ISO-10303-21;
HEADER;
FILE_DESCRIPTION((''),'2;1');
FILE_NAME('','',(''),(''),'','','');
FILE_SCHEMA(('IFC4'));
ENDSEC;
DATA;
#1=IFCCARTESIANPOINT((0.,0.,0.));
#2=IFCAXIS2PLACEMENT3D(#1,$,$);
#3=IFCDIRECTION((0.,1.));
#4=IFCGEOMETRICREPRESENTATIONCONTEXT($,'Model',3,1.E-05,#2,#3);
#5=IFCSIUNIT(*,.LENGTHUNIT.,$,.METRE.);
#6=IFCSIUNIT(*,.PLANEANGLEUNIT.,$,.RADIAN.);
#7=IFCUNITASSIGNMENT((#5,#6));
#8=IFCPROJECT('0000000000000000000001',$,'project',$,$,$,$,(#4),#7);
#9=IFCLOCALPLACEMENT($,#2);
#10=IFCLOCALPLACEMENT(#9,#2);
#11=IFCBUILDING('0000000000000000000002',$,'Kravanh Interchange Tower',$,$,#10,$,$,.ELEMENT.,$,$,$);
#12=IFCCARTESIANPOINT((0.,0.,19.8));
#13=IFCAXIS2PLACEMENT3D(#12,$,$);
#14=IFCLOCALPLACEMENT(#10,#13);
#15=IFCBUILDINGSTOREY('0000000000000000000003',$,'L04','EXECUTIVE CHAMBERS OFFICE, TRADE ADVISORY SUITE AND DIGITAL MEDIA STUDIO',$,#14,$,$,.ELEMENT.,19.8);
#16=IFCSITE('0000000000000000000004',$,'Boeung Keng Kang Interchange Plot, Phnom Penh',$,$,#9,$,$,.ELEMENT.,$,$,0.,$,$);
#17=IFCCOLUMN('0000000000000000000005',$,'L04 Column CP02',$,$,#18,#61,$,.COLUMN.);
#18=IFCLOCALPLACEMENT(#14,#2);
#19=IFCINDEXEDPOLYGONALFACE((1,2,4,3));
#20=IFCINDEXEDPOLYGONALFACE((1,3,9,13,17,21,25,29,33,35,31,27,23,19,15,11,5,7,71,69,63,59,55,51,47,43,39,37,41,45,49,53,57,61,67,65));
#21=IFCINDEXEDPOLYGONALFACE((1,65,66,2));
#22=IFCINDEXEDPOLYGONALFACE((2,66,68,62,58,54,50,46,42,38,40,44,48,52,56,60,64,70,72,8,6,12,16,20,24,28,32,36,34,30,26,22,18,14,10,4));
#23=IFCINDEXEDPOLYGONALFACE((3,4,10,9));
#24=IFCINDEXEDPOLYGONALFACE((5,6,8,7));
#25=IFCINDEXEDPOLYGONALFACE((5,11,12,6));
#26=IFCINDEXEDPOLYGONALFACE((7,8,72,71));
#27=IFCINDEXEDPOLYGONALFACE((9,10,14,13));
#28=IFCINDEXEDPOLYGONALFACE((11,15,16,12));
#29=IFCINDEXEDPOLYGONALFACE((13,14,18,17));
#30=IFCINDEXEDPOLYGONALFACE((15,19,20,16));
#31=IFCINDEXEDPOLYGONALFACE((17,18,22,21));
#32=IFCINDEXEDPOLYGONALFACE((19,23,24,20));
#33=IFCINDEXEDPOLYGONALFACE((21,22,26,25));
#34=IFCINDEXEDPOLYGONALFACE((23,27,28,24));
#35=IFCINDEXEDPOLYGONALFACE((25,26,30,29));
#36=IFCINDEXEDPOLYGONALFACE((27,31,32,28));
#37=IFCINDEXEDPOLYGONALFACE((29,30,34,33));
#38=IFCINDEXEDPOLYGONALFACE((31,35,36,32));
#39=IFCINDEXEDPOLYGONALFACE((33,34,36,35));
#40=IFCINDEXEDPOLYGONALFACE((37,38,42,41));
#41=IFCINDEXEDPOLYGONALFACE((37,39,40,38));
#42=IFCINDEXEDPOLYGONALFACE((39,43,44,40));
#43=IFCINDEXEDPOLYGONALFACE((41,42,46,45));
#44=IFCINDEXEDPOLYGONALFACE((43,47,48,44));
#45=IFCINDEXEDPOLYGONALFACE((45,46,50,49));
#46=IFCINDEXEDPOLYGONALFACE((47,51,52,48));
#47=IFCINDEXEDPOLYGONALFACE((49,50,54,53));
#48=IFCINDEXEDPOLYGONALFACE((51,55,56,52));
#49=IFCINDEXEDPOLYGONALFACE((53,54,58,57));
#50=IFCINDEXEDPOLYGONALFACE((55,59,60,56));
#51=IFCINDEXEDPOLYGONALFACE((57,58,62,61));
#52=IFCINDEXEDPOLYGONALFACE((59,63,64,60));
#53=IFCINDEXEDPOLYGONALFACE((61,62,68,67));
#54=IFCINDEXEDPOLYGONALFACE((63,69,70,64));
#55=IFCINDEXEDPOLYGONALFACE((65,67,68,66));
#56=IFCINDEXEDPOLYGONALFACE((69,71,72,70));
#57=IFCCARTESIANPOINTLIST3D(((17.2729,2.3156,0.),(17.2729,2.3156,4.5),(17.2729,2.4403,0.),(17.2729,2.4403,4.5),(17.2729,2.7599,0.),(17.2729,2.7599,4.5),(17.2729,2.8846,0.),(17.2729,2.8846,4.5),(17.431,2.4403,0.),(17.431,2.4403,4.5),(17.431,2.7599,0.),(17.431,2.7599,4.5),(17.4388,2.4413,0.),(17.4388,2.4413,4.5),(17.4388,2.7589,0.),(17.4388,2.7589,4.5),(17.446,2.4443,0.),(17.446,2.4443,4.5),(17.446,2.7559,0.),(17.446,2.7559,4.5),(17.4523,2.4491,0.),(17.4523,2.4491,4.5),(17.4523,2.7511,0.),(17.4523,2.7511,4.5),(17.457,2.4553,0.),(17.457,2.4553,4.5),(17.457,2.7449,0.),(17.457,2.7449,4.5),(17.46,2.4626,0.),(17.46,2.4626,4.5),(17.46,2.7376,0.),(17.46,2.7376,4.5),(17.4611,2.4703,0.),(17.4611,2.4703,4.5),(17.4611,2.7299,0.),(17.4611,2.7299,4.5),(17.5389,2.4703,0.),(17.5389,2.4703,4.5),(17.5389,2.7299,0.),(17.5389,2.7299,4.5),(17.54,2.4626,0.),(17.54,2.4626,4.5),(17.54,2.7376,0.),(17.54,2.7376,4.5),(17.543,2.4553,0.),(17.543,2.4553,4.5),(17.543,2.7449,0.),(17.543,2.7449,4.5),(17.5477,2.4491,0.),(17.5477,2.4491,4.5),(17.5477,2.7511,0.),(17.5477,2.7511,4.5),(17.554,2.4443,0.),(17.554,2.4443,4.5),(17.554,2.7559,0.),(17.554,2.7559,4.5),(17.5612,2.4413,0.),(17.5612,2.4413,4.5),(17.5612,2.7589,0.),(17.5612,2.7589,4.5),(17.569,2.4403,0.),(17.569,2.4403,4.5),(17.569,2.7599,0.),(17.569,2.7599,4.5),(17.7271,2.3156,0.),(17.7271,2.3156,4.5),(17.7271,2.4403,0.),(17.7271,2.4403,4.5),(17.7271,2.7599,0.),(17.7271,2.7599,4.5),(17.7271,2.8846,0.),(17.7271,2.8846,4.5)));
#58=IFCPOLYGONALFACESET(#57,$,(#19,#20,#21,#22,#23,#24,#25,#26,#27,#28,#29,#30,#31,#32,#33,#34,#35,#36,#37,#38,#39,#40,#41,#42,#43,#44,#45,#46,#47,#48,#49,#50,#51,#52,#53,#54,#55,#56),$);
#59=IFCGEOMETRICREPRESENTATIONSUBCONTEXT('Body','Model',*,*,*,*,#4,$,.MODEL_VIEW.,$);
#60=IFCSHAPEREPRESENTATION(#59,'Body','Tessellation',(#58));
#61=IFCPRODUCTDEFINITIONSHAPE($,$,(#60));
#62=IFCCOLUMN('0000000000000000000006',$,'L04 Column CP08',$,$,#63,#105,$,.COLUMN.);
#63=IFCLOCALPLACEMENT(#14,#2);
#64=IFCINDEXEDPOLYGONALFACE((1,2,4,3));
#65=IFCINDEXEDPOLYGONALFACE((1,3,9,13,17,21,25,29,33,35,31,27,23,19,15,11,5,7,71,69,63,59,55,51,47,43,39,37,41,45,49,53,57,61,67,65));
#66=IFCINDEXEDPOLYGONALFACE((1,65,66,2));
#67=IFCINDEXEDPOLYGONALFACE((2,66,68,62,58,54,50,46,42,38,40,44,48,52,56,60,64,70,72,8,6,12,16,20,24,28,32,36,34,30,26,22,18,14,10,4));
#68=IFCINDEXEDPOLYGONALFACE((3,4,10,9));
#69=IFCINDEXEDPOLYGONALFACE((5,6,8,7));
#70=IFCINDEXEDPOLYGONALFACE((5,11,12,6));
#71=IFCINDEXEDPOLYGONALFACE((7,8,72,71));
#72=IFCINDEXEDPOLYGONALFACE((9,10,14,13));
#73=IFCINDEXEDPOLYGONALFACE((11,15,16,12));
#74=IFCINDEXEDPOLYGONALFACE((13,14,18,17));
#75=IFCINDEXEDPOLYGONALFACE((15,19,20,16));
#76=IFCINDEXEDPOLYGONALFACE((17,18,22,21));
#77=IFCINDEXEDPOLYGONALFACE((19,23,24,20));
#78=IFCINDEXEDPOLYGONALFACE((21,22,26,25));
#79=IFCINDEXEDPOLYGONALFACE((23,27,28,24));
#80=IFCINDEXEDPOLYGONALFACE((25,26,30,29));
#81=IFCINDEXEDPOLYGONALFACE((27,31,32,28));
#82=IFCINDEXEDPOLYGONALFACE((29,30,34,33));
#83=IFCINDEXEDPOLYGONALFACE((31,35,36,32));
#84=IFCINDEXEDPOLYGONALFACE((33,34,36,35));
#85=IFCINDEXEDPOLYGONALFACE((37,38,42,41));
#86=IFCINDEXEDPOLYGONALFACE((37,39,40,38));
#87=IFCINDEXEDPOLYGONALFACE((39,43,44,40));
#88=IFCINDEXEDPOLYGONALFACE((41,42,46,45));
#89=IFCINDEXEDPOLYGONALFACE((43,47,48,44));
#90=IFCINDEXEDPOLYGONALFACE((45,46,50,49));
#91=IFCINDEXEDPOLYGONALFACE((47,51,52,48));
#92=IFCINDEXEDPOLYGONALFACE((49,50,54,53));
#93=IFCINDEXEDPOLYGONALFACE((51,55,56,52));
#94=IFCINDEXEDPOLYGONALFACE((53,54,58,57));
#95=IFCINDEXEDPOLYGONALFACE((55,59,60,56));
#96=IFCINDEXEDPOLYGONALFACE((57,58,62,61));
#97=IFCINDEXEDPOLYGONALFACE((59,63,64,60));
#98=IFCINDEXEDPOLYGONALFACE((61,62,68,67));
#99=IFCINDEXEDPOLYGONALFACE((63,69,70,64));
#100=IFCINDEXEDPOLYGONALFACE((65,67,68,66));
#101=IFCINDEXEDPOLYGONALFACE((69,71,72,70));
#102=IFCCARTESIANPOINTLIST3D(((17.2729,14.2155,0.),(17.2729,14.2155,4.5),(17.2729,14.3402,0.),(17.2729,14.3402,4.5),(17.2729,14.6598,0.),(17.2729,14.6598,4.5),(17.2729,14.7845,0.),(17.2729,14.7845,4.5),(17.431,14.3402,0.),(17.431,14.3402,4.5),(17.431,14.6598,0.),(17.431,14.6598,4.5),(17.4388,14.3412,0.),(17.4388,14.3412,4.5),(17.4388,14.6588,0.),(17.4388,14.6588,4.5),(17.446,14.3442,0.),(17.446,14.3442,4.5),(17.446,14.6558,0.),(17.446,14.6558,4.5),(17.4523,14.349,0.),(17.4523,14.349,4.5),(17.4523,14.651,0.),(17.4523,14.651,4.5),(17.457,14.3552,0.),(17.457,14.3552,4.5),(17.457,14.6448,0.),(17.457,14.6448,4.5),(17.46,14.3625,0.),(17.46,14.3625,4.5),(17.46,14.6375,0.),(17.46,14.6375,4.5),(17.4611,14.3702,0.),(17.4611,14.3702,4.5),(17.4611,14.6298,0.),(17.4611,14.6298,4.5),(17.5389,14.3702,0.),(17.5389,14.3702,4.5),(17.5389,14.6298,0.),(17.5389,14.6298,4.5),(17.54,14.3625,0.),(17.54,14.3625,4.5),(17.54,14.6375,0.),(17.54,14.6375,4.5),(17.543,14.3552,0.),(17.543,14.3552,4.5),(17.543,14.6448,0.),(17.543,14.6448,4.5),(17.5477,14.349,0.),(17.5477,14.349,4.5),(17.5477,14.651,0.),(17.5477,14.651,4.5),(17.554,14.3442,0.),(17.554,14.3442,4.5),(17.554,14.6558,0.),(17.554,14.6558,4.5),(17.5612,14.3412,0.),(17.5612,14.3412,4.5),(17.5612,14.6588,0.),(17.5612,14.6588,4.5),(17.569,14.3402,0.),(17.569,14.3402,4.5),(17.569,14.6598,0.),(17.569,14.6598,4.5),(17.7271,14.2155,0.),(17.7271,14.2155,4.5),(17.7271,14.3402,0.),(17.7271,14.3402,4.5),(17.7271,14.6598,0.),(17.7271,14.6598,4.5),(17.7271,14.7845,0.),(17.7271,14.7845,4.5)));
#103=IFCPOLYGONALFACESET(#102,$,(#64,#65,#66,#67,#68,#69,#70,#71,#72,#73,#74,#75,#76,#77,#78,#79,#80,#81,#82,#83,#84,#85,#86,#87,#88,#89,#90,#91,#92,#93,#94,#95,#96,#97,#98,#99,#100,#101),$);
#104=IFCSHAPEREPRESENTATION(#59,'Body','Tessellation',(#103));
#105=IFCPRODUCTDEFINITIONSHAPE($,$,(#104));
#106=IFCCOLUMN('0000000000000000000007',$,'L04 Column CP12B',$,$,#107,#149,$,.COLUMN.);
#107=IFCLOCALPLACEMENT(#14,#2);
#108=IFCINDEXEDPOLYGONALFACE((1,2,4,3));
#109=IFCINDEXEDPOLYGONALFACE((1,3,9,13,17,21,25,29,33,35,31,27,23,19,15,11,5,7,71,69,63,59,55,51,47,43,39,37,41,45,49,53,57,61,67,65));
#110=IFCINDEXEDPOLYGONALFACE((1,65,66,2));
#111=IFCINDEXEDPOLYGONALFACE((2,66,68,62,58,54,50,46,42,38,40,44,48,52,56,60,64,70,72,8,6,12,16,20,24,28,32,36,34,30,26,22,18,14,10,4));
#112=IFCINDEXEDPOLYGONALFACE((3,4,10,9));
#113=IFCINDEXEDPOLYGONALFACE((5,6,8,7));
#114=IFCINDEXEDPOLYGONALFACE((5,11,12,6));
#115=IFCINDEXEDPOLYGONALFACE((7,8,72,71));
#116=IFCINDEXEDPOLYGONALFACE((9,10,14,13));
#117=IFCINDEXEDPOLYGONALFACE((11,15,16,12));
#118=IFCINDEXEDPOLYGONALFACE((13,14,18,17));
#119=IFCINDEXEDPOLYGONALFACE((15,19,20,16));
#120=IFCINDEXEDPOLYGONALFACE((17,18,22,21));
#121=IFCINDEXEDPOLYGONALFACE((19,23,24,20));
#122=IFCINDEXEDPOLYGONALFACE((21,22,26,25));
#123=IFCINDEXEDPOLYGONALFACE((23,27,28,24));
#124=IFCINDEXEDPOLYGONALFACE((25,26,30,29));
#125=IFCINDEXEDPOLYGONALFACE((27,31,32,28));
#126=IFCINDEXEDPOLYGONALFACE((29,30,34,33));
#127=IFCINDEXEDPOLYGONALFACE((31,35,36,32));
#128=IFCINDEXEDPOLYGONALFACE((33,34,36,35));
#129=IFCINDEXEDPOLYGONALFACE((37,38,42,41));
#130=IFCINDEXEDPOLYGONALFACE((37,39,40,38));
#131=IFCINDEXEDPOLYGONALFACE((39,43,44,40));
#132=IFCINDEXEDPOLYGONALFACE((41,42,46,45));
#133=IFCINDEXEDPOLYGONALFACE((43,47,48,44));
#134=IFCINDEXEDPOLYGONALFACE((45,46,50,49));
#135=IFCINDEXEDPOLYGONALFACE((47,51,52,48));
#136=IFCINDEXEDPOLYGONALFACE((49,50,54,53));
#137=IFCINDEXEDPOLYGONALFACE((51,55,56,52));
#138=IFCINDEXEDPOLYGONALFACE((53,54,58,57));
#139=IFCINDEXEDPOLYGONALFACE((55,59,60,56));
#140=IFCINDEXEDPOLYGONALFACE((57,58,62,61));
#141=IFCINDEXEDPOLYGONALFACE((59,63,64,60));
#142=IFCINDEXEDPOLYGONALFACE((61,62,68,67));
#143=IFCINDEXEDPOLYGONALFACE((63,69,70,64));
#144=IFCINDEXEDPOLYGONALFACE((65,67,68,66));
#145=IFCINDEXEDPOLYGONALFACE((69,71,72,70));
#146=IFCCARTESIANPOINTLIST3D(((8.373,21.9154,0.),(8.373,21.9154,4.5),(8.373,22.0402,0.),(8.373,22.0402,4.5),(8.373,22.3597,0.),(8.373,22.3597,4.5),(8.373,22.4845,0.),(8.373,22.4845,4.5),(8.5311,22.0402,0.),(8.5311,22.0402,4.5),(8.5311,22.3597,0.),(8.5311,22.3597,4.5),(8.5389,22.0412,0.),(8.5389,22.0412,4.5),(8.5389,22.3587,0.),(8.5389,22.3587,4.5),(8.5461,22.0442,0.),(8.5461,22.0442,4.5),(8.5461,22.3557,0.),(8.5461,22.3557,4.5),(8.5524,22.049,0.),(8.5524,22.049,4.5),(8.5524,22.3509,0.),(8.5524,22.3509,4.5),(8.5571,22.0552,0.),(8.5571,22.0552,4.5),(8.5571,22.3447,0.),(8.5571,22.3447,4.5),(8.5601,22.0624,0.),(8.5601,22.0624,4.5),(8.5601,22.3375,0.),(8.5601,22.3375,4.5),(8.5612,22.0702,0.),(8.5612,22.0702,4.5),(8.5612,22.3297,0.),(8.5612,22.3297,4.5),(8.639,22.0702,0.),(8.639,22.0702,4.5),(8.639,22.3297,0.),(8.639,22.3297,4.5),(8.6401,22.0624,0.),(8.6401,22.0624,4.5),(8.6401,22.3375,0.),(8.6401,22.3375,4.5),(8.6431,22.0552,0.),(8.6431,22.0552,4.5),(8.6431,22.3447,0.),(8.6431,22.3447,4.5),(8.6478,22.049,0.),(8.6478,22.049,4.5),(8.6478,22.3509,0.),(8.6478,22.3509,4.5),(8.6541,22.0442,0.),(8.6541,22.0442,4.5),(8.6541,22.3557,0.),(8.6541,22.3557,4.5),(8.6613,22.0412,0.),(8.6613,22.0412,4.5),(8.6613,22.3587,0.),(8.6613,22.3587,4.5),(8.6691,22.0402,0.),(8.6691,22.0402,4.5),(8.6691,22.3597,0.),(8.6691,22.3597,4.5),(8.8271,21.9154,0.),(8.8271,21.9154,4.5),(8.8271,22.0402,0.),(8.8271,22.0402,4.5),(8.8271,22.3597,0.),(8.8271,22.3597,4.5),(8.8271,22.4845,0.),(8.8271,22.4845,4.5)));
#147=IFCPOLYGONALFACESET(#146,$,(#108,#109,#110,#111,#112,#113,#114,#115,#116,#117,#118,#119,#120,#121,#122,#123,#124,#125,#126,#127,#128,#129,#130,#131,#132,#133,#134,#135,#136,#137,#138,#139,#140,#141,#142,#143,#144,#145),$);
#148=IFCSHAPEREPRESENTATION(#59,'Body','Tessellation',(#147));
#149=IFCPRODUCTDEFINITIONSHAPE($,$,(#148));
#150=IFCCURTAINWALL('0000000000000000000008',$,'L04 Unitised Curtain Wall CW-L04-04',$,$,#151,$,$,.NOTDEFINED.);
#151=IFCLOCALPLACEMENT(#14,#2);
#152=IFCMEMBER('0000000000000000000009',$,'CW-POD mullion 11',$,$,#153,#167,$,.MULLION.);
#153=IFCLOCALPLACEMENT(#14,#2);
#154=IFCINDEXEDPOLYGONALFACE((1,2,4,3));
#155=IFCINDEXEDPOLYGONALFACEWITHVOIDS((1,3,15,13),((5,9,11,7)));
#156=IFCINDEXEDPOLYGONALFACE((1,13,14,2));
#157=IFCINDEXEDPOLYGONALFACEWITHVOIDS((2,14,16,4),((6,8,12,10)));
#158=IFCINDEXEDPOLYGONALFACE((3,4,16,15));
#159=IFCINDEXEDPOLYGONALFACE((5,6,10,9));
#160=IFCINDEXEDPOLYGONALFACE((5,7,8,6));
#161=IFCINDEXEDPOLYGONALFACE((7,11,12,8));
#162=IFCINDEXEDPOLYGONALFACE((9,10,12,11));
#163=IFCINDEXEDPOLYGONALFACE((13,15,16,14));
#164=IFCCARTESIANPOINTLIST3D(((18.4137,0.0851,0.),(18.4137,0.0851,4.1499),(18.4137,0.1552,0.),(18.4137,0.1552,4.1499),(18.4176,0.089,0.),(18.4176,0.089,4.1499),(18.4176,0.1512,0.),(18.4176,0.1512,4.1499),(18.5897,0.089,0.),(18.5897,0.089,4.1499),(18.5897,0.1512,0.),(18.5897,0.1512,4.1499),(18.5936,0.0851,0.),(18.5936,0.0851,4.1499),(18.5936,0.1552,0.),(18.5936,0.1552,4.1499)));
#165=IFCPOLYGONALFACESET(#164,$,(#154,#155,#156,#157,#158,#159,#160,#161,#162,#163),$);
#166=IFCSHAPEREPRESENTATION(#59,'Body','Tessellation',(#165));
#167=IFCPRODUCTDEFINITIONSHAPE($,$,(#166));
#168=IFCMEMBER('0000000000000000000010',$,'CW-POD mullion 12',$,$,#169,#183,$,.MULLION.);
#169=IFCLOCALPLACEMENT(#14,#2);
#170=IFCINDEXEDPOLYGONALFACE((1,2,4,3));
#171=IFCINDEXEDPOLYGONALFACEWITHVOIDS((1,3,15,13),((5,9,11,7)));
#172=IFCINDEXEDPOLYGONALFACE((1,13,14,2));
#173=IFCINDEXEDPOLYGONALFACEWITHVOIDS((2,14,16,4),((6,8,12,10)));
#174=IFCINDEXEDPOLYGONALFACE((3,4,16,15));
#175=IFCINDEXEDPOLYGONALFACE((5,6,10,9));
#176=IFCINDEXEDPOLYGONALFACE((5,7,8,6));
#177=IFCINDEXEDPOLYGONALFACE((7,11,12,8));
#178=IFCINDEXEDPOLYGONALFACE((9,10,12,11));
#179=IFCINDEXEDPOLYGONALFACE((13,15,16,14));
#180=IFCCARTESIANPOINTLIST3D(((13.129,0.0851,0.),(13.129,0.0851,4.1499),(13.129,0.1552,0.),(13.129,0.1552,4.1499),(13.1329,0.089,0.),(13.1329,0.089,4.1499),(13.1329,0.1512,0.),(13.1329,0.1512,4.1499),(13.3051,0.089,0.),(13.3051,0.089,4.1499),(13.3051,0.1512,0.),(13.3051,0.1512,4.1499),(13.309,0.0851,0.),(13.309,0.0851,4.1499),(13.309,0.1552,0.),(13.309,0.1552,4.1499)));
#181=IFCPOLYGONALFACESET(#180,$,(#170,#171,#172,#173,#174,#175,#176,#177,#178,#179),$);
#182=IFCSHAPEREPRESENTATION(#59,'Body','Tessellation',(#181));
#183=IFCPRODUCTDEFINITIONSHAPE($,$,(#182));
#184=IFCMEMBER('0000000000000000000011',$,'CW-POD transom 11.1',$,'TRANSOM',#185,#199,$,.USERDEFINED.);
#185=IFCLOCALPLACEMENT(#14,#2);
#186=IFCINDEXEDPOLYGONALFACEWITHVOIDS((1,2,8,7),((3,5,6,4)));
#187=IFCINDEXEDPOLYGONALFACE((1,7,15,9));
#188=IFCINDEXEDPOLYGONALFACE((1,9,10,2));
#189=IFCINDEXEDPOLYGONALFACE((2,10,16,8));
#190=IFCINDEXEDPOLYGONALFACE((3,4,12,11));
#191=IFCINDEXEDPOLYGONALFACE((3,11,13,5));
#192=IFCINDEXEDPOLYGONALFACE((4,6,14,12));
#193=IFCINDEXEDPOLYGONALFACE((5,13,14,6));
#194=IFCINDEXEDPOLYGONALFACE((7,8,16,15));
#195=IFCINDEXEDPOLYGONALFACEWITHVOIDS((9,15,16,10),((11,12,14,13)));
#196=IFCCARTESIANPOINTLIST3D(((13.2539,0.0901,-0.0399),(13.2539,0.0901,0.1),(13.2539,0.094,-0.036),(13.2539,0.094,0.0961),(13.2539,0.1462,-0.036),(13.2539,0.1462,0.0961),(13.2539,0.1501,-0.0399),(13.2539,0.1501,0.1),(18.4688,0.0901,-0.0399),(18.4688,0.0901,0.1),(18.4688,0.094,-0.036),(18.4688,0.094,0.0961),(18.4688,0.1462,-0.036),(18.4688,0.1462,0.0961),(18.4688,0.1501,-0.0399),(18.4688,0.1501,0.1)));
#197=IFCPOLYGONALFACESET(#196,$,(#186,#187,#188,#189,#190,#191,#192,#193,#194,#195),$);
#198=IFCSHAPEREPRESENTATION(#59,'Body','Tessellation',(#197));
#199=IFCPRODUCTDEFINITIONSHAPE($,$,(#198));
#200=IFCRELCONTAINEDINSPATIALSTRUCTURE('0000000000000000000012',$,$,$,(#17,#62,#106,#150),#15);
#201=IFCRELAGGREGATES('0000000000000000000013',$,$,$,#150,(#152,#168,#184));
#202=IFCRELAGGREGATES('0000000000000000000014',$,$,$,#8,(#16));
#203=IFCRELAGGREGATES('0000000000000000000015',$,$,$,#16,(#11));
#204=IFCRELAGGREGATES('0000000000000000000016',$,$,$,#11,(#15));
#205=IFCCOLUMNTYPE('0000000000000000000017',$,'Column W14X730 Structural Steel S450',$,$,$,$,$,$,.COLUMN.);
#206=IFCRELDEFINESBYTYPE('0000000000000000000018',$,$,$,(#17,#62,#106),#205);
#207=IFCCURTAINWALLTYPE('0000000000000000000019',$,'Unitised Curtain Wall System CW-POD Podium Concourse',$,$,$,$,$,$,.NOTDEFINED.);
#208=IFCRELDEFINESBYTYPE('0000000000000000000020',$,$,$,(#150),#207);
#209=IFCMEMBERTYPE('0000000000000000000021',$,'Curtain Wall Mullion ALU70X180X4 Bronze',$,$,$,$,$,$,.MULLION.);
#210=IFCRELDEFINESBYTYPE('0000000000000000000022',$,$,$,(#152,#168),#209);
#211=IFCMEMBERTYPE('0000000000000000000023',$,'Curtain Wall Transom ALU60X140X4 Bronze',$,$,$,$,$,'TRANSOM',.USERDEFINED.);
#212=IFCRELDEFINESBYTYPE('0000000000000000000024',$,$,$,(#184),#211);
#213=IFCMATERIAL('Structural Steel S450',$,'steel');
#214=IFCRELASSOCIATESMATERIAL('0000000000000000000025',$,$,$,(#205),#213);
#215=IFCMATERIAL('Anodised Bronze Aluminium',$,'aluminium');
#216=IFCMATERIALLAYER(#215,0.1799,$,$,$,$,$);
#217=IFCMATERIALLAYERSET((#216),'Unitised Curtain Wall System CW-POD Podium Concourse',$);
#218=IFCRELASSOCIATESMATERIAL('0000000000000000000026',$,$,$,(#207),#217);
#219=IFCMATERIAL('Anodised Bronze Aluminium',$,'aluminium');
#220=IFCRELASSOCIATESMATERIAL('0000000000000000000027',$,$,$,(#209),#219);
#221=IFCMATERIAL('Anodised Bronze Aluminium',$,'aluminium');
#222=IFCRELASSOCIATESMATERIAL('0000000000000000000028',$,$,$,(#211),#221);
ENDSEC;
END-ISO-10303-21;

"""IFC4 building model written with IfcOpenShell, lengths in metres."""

from ifc_helpers import new_model, si_unit, direction, frame, origin, origin_2d, place, context, subcontext, project, spatial, hollow_rectangle, i_section, extrude, material, layer, layer_set, material_profile, profile_set, type_object, element, aggregate, save


model = new_model("IFC4")

# Units and contexts
model_context = context("Model", 3, precision=1e-05, world=origin(), true_north=direction((0.0, 1.0)))
body_context = subcontext(model_context, "Body", "Model", "MODEL_VIEW")
ifc_project = project(units=[si_unit("LENGTHUNIT", "METRE"), si_unit("PLANEANGLEUNIT", "RADIAN")], contexts=[model_context])

# Site, building, storey
site_placement = place(None, origin())
site = spatial("IfcSite", under=ifc_project, at=site_placement, Name="Boeung Keng Kang Interchange Plot, Phnom Penh", CompositionType="ELEMENT", RefElevation=0.0)
building_placement = place(site_placement, origin())
building = spatial("IfcBuilding", under=site, at=building_placement, Name="Kravanh Interchange Tower", CompositionType="ELEMENT")
storey_placement = place(building_placement, frame((0.0, 0.0, 19.8)))
storey = spatial("IfcBuildingStorey", under=building, at=storey_placement, Name="L04", Description="EXECUTIVE CHAMBERS OFFICE, TRADE ADVISORY SUITE AND DIGITAL MEDIA STUDIO", CompositionType="ELEMENT", Elevation=19.8)

# Columns
ifc_material_1 = material(Name="Structural Steel S450", Category="steel")
ifc_material_profile_1 = material_profile(ifc_material_1, i_section(OverallWidth=0.4541, OverallDepth=0.5691, WebThickness=0.0779, FlangeThickness=0.1248, FilletRadius=0.03, at=origin_2d()), Name="W14X730")
ifc_profile_set_1 = profile_set([ifc_material_profile_1], Name="Structural Steel S450")
column_type = type_object("IfcColumnType", Name="Column W14X730 Structural Steel S450", PredefinedType="COLUMN", material=ifc_profile_set_1)
for number, where, z_axis, x_axis, name in (
    (1, (17.5, 2.6001, 0.0), (0.0, 0.0, 1.0), (1.0, 0.0, 0.0), "L04 Column CP02"),
    (2, (17.5, 14.5, 0.0), (0.0, 0.0, 1.0), (1.0, 0.0, 0.0), "L04 Column CP08"),
    (3, (8.6001, 22.2, 0.0), (0.0, 0.0, 1.0), (1.0, 0.0, 0.0), "L04 Column CP12B"),
):
    element("IfcColumn", number, at=place(storey_placement, frame(where, z_axis=z_axis, x_axis=x_axis)), inside=storey, type_object=column_type, Name=name, PredefinedType="COLUMN", context=body_context, shape_type="SweptSolid", body=[
        extrude(i_section(OverallWidth=0.4541, OverallDepth=0.5691, WebThickness=0.0779, FlangeThickness=0.1248, FilletRadius=0.03, at=origin_2d()), origin(), (0.0, 0.0, 1.0), 4.5),
    ])

# Curtain wall, members
ifc_material_2 = material(Name="Anodised Bronze Aluminium", Category="aluminium")
ifc_layer_1 = layer(ifc_material_2, 0.1799)
ifc_layer_set_1 = layer_set([ifc_layer_1], Name="Unitised Curtain Wall System CW-POD Podium Concourse")
curtain_wall_type = type_object("IfcCurtainWallType", Name="Unitised Curtain Wall System CW-POD Podium Concourse", PredefinedType="NOTDEFINED", material=ifc_layer_set_1)
curtain_wall_placement = place(storey_placement, origin())
curtain_wall = element("IfcCurtainWall", 4, at=curtain_wall_placement, inside=storey, type_object=curtain_wall_type, Name="L04 Unitised Curtain Wall CW-L04-04", PredefinedType="NOTDEFINED")
ifc_material_3 = material(Name="Anodised Bronze Aluminium", Category="aluminium")
ifc_material_profile_2 = material_profile(ifc_material_3, hollow_rectangle(XDim=0.0701, YDim=0.1799, WallThickness=0.0039, at=origin_2d()), Name="ALU70X180X4")
ifc_profile_set_2 = profile_set([ifc_material_profile_2], Name="Anodised Bronze Aluminium")
member_type_1 = type_object("IfcMemberType", Name="Curtain Wall Mullion ALU70X180X4 Bronze", PredefinedType="MULLION", material=ifc_profile_set_2)
member_1_placement = place(storey_placement, frame((18.5037, 0.1201, 0.0), z_axis=(0.0, 0.0, 1.0), x_axis=(0.0, -1.0, 0.0)))
member_1 = element("IfcMember", 5, at=member_1_placement, type_object=member_type_1, Name="CW-POD mullion 11", PredefinedType="MULLION", context=body_context, shape_type="SweptSolid", body=[
    extrude(hollow_rectangle(XDim=0.0701, YDim=0.1799, WallThickness=0.0039, at=origin_2d()), origin(), (0.0, 0.0, 1.0), 4.1499),
])
member_2_placement = place(storey_placement, frame((13.219, 0.1201, 0.0), z_axis=(0.0, 0.0, 1.0), x_axis=(0.0, -1.0, 0.0)))
member_2 = element("IfcMember", 6, at=member_2_placement, type_object=member_type_1, Name="CW-POD mullion 12", PredefinedType="MULLION", context=body_context, shape_type="SweptSolid", body=[
    extrude(hollow_rectangle(XDim=0.0701, YDim=0.1799, WallThickness=0.0039, at=origin_2d()), origin(), (0.0, 0.0, 1.0), 4.1499),
])
ifc_material_4 = material(Name="Anodised Bronze Aluminium", Category="aluminium")
ifc_material_profile_3 = material_profile(ifc_material_4, hollow_rectangle(XDim=0.0601, YDim=0.1399, WallThickness=0.0039, at=origin_2d()), Name="ALU60X140X4")
ifc_profile_set_3 = profile_set([ifc_material_profile_3], Name="Anodised Bronze Aluminium")
member_type_2 = type_object("IfcMemberType", Name="Curtain Wall Transom ALU60X140X4 Bronze", ElementType="TRANSOM", PredefinedType="USERDEFINED", material=ifc_profile_set_3)
member_3_placement = place(storey_placement, frame((18.4688, 0.1201, 0.03), z_axis=(-1.0, 0.0, 0.0), x_axis=(0.0, -1.0, 0.0)))
member_3 = element("IfcMember", 7, at=member_3_placement, type_object=member_type_2, Name="CW-POD transom 11.1", ObjectType="TRANSOM", PredefinedType="USERDEFINED", context=body_context, shape_type="SweptSolid", body=[
    extrude(hollow_rectangle(XDim=0.0601, YDim=0.1399, WallThickness=0.0039, at=origin_2d()), origin(), (0.0, 0.0, 1.0), 5.2148),
])

aggregate(curtain_wall, [member_1, member_2, member_3])

save(model, "model.ifc")
